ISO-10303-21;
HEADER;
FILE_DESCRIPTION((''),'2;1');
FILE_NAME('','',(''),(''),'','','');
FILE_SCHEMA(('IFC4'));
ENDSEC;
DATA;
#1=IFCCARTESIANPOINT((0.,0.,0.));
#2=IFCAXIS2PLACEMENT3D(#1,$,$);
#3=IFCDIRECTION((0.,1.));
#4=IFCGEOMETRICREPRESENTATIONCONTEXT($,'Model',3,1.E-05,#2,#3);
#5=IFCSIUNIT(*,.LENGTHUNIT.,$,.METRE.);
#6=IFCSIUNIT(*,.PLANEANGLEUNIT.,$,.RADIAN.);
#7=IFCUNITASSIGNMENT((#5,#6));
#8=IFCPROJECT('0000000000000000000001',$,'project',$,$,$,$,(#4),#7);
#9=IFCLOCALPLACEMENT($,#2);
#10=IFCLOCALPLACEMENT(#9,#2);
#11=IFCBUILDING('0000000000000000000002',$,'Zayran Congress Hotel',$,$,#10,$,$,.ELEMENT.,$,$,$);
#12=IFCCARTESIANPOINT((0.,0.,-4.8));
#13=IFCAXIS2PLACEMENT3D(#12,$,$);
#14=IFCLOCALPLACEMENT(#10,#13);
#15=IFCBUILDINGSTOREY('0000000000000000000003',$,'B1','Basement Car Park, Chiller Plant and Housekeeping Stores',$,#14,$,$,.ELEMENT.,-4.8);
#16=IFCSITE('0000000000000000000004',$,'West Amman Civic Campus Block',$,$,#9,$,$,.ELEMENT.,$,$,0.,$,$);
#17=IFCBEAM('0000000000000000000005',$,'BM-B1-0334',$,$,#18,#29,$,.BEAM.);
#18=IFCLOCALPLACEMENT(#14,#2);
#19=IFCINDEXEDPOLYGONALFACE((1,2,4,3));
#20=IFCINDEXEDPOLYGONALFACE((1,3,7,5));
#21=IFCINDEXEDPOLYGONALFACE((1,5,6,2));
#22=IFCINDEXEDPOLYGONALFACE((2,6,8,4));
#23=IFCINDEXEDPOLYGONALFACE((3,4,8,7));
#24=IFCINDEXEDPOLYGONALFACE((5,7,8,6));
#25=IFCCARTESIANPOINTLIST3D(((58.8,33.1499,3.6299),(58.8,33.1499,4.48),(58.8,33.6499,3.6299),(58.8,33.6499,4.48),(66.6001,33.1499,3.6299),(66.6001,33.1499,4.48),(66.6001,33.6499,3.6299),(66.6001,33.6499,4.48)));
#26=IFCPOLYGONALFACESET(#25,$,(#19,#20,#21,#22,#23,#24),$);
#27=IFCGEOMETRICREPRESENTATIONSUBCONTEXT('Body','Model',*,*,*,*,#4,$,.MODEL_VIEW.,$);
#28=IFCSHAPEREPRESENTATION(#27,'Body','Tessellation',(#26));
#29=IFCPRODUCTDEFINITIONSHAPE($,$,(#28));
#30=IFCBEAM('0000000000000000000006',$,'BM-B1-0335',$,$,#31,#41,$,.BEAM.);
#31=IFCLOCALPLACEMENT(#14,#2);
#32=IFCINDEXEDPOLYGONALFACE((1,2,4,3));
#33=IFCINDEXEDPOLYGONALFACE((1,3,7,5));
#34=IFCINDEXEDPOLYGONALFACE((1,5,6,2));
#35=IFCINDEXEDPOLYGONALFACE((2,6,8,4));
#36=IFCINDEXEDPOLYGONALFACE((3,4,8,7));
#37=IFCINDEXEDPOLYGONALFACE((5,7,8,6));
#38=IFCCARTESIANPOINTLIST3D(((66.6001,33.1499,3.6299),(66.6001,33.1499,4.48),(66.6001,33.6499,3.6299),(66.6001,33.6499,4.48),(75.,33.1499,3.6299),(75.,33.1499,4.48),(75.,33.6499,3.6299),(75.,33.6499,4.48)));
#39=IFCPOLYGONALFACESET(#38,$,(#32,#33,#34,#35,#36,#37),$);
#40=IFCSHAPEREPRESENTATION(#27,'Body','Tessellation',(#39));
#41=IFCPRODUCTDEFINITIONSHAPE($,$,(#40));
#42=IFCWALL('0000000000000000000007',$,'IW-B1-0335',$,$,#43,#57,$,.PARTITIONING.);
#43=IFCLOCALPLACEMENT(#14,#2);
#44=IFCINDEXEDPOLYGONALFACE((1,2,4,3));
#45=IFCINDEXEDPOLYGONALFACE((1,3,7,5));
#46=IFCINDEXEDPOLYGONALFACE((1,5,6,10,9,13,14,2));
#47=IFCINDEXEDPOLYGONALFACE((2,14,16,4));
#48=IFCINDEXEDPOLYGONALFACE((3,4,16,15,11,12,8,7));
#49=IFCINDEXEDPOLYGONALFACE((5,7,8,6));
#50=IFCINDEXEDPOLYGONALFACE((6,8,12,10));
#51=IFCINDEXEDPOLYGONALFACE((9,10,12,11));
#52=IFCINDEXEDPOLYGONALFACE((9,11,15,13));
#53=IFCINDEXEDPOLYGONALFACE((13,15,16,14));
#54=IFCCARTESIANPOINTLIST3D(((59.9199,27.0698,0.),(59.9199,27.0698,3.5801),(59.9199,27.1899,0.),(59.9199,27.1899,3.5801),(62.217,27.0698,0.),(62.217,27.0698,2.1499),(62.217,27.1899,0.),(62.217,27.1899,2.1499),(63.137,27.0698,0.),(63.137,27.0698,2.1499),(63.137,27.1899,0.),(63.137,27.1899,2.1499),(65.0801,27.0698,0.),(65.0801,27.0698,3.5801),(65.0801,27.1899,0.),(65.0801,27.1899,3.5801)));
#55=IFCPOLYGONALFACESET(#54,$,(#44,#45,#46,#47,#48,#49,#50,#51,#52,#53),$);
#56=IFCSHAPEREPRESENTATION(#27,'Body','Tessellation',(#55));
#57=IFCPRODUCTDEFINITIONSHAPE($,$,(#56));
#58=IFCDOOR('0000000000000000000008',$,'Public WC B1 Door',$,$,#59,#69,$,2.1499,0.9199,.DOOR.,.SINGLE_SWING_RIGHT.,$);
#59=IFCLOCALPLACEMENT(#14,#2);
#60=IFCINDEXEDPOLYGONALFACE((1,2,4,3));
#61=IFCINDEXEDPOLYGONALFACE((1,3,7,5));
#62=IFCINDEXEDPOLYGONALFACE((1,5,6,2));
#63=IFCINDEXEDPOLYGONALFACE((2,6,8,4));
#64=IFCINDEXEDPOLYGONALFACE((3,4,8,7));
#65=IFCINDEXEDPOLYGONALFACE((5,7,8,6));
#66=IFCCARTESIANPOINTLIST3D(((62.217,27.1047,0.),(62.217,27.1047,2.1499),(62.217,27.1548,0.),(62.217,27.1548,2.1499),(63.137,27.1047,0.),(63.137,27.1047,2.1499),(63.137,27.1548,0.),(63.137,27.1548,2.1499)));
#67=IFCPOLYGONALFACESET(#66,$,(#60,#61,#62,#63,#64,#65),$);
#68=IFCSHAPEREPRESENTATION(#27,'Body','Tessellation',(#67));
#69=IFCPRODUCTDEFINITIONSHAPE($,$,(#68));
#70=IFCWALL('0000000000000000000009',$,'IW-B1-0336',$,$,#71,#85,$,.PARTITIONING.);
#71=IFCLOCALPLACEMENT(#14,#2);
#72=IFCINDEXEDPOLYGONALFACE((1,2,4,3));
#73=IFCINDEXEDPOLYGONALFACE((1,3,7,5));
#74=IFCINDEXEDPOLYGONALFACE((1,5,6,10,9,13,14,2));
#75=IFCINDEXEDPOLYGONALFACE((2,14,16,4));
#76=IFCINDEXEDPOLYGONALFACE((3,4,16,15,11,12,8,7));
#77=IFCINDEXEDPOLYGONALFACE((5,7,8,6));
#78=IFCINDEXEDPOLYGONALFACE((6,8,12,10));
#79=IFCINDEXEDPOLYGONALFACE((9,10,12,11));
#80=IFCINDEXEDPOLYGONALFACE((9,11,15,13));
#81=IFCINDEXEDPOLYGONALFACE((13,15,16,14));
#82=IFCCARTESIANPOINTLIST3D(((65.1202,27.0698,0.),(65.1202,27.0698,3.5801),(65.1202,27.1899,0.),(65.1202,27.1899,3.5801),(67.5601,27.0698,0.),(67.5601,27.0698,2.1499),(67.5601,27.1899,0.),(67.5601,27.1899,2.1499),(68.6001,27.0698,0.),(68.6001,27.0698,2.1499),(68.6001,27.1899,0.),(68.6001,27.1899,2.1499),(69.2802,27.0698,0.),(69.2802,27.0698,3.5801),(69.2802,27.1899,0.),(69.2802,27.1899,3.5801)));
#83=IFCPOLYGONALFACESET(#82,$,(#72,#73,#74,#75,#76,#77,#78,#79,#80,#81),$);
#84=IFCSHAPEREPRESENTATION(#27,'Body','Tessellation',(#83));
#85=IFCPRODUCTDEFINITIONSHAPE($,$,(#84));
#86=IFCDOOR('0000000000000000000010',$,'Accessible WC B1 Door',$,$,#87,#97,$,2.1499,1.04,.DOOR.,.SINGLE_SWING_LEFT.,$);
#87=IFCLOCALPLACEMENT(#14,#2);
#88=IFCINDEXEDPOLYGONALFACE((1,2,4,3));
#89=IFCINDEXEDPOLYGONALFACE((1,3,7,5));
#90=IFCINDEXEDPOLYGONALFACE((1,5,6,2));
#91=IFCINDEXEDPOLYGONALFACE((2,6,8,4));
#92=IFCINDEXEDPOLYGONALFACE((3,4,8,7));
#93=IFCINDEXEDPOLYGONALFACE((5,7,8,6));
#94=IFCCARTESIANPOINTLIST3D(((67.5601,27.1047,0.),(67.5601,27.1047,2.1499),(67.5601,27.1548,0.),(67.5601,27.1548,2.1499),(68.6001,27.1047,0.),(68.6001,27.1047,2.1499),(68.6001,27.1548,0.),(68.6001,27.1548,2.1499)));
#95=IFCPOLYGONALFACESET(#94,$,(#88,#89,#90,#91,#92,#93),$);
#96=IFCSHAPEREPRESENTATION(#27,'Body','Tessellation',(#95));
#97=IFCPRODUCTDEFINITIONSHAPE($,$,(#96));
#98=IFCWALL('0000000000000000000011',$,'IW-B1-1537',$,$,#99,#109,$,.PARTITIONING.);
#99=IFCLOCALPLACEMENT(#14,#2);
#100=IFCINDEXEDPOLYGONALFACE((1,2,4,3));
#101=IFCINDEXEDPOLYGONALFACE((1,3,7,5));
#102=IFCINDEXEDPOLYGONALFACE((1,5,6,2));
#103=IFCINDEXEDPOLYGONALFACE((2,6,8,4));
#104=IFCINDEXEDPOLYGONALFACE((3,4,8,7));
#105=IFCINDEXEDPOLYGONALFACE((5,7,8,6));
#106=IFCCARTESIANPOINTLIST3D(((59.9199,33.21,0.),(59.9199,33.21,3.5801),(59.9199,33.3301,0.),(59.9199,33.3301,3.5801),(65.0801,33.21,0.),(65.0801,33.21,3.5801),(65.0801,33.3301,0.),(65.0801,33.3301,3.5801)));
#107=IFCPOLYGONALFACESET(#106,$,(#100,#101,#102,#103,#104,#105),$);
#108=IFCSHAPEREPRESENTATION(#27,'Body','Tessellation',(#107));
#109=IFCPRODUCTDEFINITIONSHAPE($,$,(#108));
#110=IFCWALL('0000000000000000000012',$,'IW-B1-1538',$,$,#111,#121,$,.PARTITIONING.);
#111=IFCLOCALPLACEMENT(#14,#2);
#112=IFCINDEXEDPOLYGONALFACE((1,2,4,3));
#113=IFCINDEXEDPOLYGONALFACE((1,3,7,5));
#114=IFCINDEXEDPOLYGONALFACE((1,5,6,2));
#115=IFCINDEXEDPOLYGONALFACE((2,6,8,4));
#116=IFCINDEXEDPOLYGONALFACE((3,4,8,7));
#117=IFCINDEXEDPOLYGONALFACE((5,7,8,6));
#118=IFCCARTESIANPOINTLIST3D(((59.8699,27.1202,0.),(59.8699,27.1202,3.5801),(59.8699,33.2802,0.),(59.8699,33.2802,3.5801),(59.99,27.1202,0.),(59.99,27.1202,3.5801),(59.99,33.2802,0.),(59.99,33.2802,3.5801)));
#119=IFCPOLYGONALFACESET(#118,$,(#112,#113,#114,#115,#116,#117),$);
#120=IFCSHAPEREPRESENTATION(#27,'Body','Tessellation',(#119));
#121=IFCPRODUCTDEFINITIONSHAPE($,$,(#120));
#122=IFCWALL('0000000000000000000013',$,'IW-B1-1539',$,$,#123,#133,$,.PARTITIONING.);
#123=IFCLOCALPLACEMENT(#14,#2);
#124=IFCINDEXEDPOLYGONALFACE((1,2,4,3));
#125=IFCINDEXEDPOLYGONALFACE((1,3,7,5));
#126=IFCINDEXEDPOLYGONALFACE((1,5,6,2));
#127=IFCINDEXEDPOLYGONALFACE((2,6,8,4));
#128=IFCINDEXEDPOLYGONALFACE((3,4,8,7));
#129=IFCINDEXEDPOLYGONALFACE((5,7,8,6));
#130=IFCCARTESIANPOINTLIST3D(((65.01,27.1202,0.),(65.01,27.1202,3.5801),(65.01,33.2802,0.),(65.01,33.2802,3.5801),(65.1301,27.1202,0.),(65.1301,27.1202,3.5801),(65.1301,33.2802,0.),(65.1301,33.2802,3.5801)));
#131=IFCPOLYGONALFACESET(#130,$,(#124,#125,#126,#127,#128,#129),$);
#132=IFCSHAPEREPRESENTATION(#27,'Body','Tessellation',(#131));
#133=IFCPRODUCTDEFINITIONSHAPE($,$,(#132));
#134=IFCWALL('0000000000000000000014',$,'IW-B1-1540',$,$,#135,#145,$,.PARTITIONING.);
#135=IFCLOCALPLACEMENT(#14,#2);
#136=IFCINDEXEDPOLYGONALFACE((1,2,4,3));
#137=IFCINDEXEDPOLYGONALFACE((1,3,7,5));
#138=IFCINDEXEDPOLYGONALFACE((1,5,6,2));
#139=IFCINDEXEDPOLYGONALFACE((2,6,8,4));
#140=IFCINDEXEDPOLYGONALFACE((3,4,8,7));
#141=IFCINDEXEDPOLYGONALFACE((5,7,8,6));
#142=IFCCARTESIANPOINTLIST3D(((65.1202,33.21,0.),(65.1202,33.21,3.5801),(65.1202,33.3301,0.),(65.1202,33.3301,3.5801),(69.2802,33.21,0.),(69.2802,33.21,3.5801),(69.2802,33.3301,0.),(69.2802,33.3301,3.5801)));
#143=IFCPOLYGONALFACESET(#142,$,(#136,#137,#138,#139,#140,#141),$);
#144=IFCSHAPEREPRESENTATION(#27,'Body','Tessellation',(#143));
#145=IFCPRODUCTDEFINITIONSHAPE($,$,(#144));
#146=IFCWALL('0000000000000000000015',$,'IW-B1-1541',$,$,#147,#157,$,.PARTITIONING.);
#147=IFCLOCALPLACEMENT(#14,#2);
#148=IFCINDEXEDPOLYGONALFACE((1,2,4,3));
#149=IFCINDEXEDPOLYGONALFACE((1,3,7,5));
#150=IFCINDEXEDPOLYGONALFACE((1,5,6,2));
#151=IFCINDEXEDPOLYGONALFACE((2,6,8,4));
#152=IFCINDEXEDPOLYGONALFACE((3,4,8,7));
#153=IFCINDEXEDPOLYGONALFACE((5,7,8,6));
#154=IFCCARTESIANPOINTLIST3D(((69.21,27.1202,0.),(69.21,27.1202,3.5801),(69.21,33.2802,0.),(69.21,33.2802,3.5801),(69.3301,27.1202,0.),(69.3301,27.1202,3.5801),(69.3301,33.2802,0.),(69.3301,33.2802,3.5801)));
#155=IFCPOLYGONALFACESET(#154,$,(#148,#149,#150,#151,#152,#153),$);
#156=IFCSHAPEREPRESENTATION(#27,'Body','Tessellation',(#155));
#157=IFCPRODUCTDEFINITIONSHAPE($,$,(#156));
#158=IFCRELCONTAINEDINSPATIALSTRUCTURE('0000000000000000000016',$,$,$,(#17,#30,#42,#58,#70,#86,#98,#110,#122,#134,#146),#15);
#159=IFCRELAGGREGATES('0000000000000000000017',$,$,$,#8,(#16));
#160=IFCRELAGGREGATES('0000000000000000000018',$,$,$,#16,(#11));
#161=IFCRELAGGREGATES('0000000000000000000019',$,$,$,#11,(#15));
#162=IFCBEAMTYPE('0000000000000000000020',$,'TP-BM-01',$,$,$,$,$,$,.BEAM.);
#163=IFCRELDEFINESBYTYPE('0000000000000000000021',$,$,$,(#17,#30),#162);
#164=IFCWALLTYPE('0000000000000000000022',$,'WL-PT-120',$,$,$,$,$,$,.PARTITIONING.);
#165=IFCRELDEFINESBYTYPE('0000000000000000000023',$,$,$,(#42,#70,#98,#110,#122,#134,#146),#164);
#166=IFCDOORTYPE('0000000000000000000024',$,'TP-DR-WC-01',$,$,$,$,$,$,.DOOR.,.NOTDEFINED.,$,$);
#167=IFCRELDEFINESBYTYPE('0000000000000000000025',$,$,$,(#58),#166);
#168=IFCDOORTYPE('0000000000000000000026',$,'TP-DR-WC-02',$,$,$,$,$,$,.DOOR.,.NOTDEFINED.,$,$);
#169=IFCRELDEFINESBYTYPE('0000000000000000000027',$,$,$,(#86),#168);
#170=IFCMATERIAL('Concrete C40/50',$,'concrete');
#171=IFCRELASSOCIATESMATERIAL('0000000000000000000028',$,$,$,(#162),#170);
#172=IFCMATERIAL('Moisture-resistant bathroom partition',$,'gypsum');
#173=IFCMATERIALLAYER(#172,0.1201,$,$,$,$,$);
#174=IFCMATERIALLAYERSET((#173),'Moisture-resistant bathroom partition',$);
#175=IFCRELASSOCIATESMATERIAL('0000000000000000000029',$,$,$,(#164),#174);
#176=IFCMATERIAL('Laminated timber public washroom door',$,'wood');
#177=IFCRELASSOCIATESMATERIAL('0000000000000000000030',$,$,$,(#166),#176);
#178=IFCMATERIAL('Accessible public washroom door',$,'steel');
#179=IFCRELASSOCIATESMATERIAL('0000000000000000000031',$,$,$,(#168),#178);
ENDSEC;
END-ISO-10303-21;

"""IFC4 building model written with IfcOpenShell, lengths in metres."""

from ifc_helpers import new_model, si_unit, direction, frame, frame_2d, origin, origin_2d, place, context, subcontext, project, spatial, rectangle, extrude, material, layer, layer_set, material_profile, profile_set, type_object, element, fill, save


model = new_model("IFC4")

# Units and contexts
model_context = context("Model", 3, precision=1e-05, world=origin(), true_north=direction((0.0, 1.0)))
body_context = subcontext(model_context, "Body", "Model", "MODEL_VIEW")
ifc_project = project(units=[si_unit("LENGTHUNIT", "METRE"), si_unit("PLANEANGLEUNIT", "RADIAN")], contexts=[model_context])

# Site, building, storey
site_placement = place(None, origin())
site = spatial("IfcSite", under=ifc_project, at=site_placement, Name="West Amman Civic Campus Block", CompositionType="ELEMENT", RefElevation=0.0)
building_placement = place(site_placement, origin())
building = spatial("IfcBuilding", under=site, at=building_placement, Name="Zayran Congress Hotel", CompositionType="ELEMENT")
storey_placement = place(building_placement, frame((0.0, 0.0, -4.8)))
storey = spatial("IfcBuildingStorey", under=building, at=storey_placement, Name="B1", Description="Basement Car Park, Chiller Plant and Housekeeping Stores", CompositionType="ELEMENT", Elevation=-4.8)

# Shared definitions
ifc_material_1 = material(Name="Concrete C40/50", Category="concrete")

# Beams
ifc_material_profile_1 = material_profile(ifc_material_1, rectangle(XDim=0.5, YDim=0.8501, at=origin_2d()), Name="RC 500x850")
ifc_profile_set_1 = profile_set([ifc_material_profile_1], Name="Concrete C40/50")
beam_type = type_object("IfcBeamType", Name="TP-BM-01", PredefinedType="BEAM", material=ifc_profile_set_1)
beam_1_placement = place(storey_placement, frame((58.8, 33.3999, 4.0549), z_axis=(1.0, 0.0, 0.0), x_axis=(0.0, 1.0, 0.0)))
element("IfcBeam", 1, at=beam_1_placement, inside=storey, type_object=beam_type, Name="BM-B1-0334", PredefinedType="BEAM", context=body_context, shape_type="SweptSolid", body=[
    extrude(rectangle(XDim=0.5, YDim=0.8501, at=origin_2d()), origin(), (0.0, 0.0, 1.0), 7.8),
])
beam_2_placement = place(storey_placement, frame((66.6001, 33.3999, 4.0549), z_axis=(1.0, 0.0, 0.0), x_axis=(0.0, 1.0, 0.0)))
element("IfcBeam", 2, at=beam_2_placement, inside=storey, type_object=beam_type, Name="BM-B1-0335", PredefinedType="BEAM", context=body_context, shape_type="SweptSolid", body=[
    extrude(rectangle(XDim=0.5, YDim=0.8501, at=origin_2d()), origin(), (0.0, 0.0, 1.0), 8.3999),
])

# Walls, openings, doors
ifc_material_2 = material(Name="Moisture-resistant bathroom partition", Category="gypsum")
ifc_layer = layer(ifc_material_2, 0.1201)
ifc_layer_set = layer_set([ifc_layer], Name="Moisture-resistant bathroom partition")
wall_type = type_object("IfcWallType", Name="WL-PT-120", PredefinedType="PARTITIONING", material=ifc_layer_set)
wall_1_placement = place(storey_placement, frame((59.9199, 27.1299, 0.0), z_axis=(0.0, 0.0, 1.0), x_axis=(1.0, 0.0, 0.0)))
wall_1 = element("IfcWall", 3, at=wall_1_placement, inside=storey, type_object=wall_type, Name="IW-B1-0335", PredefinedType="PARTITIONING", context=body_context, shape_type="SweptSolid", body=[
    extrude(rectangle(XDim=5.1602, YDim=0.1201, at=frame_2d((2.5801, 0.0))), origin(), (0.0, 0.0, 1.0), 3.5801),
])
opening_1_placement = place(wall_1_placement, frame((2.2971, 0.0, 0.0)))
opening_1 = element("IfcOpeningElement", 4, at=opening_1_placement, cuts=wall_1, PredefinedType="OPENING", context=body_context, shape_type="SweptSolid", body=[
    extrude(rectangle(XDim=0.9199, YDim=2.1499, at=frame_2d((0.46, 1.075))), frame((0.0, 0.0701, 0.0), z_axis=(0.0, -1.0, 0.0), x_axis=(1.0, 0.0, 0.0)), (0.0, 0.0, 1.0), 0.1401),
])
ifc_material_3 = material(Name="Laminated timber public washroom door", Category="wood")
door_type_1 = type_object("IfcDoorType", Name="TP-DR-WC-01", OperationType="NOTDEFINED", PredefinedType="DOOR", material=ifc_material_3)
door_1_placement = place(opening_1_placement, origin())
door_1 = element("IfcDoor", 5, at=door_1_placement, inside=storey, type_object=door_type_1, Name="Public WC B1 Door", OperationType="SINGLE_SWING_RIGHT", OverallHeight=2.1499, OverallWidth=0.9199, PredefinedType="DOOR", context=body_context, shape_type="SweptSolid", body=[
    extrude(rectangle(XDim=0.9199, YDim=2.1499, at=frame_2d((0.46, 1.075))), frame((0.0, 0.0249, 0.0), z_axis=(0.0, -1.0, 0.0), x_axis=(1.0, 0.0, 0.0)), (0.0, 0.0, 1.0), 0.05),
])
fill(opening_1, door_1)
wall_2_placement = place(storey_placement, frame((65.1201, 27.1299, 0.0), z_axis=(0.0, 0.0, 1.0), x_axis=(1.0, 0.0, 0.0)))
wall_2 = element("IfcWall", 6, at=wall_2_placement, inside=storey, type_object=wall_type, Name="IW-B1-0336", PredefinedType="PARTITIONING", context=body_context, shape_type="SweptSolid", body=[
    extrude(rectangle(XDim=4.1599, YDim=0.1201, at=frame_2d((2.0801, 0.0))), origin(), (0.0, 0.0, 1.0), 3.5801),
])
opening_2_placement = place(wall_2_placement, frame((2.4399, 0.0, 0.0)))
opening_2 = element("IfcOpeningElement", 7, at=opening_2_placement, cuts=wall_2, PredefinedType="OPENING", context=body_context, shape_type="SweptSolid", body=[
    extrude(rectangle(XDim=1.04, YDim=2.1499, at=frame_2d((0.52, 1.075))), frame((0.0, 0.0701, 0.0), z_axis=(0.0, -1.0, 0.0), x_axis=(1.0, 0.0, 0.0)), (0.0, 0.0, 1.0), 0.1401),
])
ifc_material_4 = material(Name="Accessible public washroom door", Category="steel")
door_type_2 = type_object("IfcDoorType", Name="TP-DR-WC-02", OperationType="NOTDEFINED", PredefinedType="DOOR", material=ifc_material_4)
door_2_placement = place(opening_2_placement, origin())
door_2 = element("IfcDoor", 8, at=door_2_placement, inside=storey, type_object=door_type_2, Name="Accessible WC B1 Door", OperationType="SINGLE_SWING_LEFT", OverallHeight=2.1499, OverallWidth=1.04, PredefinedType="DOOR", context=body_context, shape_type="SweptSolid", body=[
    extrude(rectangle(XDim=1.04, YDim=2.1499, at=frame_2d((0.52, 1.075))), frame((0.0, 0.0249, 0.0), z_axis=(0.0, -1.0, 0.0), x_axis=(1.0, 0.0, 0.0)), (0.0, 0.0, 1.0), 0.05),
])
fill(opening_2, door_2)

# Walls
wall_3_placement = place(storey_placement, frame((59.9199, 33.27, 0.0), z_axis=(0.0, 0.0, 1.0), x_axis=(1.0, 0.0, 0.0)))
element("IfcWall", 9, at=wall_3_placement, inside=storey, type_object=wall_type, Name="IW-B1-1537", PredefinedType="PARTITIONING", context=body_context, shape_type="SweptSolid", body=[
    extrude(rectangle(XDim=5.1602, YDim=0.1201, at=frame_2d((2.5801, 0.0))), origin(), (0.0, 0.0, 1.0), 3.5801),
])
for number, where, z_axis, x_axis, name in (
    (10, (59.9299, 27.1201, 0.0), (0.0, 0.0, 1.0), (0.0, 1.0, 0.0), "IW-B1-1538"),
    (11, (65.0701, 27.1201, 0.0), (0.0, 0.0, 1.0), (0.0, 1.0, 0.0), "IW-B1-1539"),
):
    element("IfcWall", number, at=place(storey_placement, frame(where, z_axis=z_axis, x_axis=x_axis)), inside=storey, type_object=wall_type, Name=name, PredefinedType="PARTITIONING", context=body_context, shape_type="SweptSolid", body=[
        extrude(rectangle(XDim=6.1599, YDim=0.1201, at=frame_2d((3.0801, 0.0))), origin(), (0.0, 0.0, 1.0), 3.5801),
    ])
wall_4_placement = place(storey_placement, frame((65.1201, 33.27, 0.0), z_axis=(0.0, 0.0, 1.0), x_axis=(1.0, 0.0, 0.0)))
element("IfcWall", 12, at=wall_4_placement, inside=storey, type_object=wall_type, Name="IW-B1-1540", PredefinedType="PARTITIONING", context=body_context, shape_type="SweptSolid", body=[
    extrude(rectangle(XDim=4.1599, YDim=0.1201, at=frame_2d((2.0801, 0.0))), origin(), (0.0, 0.0, 1.0), 3.5801),
])
wall_5_placement = place(storey_placement, frame((69.27, 27.1201, 0.0), z_axis=(0.0, 0.0, 1.0), x_axis=(0.0, 1.0, 0.0)))
element("IfcWall", 13, at=wall_5_placement, inside=storey, type_object=wall_type, Name="IW-B1-1541", PredefinedType="PARTITIONING", context=body_context, shape_type="SweptSolid", body=[
    extrude(rectangle(XDim=6.1599, YDim=0.1201, at=frame_2d((3.0801, 0.0))), origin(), (0.0, 0.0, 1.0), 3.5801),
])

save(model, "model.ifc")
